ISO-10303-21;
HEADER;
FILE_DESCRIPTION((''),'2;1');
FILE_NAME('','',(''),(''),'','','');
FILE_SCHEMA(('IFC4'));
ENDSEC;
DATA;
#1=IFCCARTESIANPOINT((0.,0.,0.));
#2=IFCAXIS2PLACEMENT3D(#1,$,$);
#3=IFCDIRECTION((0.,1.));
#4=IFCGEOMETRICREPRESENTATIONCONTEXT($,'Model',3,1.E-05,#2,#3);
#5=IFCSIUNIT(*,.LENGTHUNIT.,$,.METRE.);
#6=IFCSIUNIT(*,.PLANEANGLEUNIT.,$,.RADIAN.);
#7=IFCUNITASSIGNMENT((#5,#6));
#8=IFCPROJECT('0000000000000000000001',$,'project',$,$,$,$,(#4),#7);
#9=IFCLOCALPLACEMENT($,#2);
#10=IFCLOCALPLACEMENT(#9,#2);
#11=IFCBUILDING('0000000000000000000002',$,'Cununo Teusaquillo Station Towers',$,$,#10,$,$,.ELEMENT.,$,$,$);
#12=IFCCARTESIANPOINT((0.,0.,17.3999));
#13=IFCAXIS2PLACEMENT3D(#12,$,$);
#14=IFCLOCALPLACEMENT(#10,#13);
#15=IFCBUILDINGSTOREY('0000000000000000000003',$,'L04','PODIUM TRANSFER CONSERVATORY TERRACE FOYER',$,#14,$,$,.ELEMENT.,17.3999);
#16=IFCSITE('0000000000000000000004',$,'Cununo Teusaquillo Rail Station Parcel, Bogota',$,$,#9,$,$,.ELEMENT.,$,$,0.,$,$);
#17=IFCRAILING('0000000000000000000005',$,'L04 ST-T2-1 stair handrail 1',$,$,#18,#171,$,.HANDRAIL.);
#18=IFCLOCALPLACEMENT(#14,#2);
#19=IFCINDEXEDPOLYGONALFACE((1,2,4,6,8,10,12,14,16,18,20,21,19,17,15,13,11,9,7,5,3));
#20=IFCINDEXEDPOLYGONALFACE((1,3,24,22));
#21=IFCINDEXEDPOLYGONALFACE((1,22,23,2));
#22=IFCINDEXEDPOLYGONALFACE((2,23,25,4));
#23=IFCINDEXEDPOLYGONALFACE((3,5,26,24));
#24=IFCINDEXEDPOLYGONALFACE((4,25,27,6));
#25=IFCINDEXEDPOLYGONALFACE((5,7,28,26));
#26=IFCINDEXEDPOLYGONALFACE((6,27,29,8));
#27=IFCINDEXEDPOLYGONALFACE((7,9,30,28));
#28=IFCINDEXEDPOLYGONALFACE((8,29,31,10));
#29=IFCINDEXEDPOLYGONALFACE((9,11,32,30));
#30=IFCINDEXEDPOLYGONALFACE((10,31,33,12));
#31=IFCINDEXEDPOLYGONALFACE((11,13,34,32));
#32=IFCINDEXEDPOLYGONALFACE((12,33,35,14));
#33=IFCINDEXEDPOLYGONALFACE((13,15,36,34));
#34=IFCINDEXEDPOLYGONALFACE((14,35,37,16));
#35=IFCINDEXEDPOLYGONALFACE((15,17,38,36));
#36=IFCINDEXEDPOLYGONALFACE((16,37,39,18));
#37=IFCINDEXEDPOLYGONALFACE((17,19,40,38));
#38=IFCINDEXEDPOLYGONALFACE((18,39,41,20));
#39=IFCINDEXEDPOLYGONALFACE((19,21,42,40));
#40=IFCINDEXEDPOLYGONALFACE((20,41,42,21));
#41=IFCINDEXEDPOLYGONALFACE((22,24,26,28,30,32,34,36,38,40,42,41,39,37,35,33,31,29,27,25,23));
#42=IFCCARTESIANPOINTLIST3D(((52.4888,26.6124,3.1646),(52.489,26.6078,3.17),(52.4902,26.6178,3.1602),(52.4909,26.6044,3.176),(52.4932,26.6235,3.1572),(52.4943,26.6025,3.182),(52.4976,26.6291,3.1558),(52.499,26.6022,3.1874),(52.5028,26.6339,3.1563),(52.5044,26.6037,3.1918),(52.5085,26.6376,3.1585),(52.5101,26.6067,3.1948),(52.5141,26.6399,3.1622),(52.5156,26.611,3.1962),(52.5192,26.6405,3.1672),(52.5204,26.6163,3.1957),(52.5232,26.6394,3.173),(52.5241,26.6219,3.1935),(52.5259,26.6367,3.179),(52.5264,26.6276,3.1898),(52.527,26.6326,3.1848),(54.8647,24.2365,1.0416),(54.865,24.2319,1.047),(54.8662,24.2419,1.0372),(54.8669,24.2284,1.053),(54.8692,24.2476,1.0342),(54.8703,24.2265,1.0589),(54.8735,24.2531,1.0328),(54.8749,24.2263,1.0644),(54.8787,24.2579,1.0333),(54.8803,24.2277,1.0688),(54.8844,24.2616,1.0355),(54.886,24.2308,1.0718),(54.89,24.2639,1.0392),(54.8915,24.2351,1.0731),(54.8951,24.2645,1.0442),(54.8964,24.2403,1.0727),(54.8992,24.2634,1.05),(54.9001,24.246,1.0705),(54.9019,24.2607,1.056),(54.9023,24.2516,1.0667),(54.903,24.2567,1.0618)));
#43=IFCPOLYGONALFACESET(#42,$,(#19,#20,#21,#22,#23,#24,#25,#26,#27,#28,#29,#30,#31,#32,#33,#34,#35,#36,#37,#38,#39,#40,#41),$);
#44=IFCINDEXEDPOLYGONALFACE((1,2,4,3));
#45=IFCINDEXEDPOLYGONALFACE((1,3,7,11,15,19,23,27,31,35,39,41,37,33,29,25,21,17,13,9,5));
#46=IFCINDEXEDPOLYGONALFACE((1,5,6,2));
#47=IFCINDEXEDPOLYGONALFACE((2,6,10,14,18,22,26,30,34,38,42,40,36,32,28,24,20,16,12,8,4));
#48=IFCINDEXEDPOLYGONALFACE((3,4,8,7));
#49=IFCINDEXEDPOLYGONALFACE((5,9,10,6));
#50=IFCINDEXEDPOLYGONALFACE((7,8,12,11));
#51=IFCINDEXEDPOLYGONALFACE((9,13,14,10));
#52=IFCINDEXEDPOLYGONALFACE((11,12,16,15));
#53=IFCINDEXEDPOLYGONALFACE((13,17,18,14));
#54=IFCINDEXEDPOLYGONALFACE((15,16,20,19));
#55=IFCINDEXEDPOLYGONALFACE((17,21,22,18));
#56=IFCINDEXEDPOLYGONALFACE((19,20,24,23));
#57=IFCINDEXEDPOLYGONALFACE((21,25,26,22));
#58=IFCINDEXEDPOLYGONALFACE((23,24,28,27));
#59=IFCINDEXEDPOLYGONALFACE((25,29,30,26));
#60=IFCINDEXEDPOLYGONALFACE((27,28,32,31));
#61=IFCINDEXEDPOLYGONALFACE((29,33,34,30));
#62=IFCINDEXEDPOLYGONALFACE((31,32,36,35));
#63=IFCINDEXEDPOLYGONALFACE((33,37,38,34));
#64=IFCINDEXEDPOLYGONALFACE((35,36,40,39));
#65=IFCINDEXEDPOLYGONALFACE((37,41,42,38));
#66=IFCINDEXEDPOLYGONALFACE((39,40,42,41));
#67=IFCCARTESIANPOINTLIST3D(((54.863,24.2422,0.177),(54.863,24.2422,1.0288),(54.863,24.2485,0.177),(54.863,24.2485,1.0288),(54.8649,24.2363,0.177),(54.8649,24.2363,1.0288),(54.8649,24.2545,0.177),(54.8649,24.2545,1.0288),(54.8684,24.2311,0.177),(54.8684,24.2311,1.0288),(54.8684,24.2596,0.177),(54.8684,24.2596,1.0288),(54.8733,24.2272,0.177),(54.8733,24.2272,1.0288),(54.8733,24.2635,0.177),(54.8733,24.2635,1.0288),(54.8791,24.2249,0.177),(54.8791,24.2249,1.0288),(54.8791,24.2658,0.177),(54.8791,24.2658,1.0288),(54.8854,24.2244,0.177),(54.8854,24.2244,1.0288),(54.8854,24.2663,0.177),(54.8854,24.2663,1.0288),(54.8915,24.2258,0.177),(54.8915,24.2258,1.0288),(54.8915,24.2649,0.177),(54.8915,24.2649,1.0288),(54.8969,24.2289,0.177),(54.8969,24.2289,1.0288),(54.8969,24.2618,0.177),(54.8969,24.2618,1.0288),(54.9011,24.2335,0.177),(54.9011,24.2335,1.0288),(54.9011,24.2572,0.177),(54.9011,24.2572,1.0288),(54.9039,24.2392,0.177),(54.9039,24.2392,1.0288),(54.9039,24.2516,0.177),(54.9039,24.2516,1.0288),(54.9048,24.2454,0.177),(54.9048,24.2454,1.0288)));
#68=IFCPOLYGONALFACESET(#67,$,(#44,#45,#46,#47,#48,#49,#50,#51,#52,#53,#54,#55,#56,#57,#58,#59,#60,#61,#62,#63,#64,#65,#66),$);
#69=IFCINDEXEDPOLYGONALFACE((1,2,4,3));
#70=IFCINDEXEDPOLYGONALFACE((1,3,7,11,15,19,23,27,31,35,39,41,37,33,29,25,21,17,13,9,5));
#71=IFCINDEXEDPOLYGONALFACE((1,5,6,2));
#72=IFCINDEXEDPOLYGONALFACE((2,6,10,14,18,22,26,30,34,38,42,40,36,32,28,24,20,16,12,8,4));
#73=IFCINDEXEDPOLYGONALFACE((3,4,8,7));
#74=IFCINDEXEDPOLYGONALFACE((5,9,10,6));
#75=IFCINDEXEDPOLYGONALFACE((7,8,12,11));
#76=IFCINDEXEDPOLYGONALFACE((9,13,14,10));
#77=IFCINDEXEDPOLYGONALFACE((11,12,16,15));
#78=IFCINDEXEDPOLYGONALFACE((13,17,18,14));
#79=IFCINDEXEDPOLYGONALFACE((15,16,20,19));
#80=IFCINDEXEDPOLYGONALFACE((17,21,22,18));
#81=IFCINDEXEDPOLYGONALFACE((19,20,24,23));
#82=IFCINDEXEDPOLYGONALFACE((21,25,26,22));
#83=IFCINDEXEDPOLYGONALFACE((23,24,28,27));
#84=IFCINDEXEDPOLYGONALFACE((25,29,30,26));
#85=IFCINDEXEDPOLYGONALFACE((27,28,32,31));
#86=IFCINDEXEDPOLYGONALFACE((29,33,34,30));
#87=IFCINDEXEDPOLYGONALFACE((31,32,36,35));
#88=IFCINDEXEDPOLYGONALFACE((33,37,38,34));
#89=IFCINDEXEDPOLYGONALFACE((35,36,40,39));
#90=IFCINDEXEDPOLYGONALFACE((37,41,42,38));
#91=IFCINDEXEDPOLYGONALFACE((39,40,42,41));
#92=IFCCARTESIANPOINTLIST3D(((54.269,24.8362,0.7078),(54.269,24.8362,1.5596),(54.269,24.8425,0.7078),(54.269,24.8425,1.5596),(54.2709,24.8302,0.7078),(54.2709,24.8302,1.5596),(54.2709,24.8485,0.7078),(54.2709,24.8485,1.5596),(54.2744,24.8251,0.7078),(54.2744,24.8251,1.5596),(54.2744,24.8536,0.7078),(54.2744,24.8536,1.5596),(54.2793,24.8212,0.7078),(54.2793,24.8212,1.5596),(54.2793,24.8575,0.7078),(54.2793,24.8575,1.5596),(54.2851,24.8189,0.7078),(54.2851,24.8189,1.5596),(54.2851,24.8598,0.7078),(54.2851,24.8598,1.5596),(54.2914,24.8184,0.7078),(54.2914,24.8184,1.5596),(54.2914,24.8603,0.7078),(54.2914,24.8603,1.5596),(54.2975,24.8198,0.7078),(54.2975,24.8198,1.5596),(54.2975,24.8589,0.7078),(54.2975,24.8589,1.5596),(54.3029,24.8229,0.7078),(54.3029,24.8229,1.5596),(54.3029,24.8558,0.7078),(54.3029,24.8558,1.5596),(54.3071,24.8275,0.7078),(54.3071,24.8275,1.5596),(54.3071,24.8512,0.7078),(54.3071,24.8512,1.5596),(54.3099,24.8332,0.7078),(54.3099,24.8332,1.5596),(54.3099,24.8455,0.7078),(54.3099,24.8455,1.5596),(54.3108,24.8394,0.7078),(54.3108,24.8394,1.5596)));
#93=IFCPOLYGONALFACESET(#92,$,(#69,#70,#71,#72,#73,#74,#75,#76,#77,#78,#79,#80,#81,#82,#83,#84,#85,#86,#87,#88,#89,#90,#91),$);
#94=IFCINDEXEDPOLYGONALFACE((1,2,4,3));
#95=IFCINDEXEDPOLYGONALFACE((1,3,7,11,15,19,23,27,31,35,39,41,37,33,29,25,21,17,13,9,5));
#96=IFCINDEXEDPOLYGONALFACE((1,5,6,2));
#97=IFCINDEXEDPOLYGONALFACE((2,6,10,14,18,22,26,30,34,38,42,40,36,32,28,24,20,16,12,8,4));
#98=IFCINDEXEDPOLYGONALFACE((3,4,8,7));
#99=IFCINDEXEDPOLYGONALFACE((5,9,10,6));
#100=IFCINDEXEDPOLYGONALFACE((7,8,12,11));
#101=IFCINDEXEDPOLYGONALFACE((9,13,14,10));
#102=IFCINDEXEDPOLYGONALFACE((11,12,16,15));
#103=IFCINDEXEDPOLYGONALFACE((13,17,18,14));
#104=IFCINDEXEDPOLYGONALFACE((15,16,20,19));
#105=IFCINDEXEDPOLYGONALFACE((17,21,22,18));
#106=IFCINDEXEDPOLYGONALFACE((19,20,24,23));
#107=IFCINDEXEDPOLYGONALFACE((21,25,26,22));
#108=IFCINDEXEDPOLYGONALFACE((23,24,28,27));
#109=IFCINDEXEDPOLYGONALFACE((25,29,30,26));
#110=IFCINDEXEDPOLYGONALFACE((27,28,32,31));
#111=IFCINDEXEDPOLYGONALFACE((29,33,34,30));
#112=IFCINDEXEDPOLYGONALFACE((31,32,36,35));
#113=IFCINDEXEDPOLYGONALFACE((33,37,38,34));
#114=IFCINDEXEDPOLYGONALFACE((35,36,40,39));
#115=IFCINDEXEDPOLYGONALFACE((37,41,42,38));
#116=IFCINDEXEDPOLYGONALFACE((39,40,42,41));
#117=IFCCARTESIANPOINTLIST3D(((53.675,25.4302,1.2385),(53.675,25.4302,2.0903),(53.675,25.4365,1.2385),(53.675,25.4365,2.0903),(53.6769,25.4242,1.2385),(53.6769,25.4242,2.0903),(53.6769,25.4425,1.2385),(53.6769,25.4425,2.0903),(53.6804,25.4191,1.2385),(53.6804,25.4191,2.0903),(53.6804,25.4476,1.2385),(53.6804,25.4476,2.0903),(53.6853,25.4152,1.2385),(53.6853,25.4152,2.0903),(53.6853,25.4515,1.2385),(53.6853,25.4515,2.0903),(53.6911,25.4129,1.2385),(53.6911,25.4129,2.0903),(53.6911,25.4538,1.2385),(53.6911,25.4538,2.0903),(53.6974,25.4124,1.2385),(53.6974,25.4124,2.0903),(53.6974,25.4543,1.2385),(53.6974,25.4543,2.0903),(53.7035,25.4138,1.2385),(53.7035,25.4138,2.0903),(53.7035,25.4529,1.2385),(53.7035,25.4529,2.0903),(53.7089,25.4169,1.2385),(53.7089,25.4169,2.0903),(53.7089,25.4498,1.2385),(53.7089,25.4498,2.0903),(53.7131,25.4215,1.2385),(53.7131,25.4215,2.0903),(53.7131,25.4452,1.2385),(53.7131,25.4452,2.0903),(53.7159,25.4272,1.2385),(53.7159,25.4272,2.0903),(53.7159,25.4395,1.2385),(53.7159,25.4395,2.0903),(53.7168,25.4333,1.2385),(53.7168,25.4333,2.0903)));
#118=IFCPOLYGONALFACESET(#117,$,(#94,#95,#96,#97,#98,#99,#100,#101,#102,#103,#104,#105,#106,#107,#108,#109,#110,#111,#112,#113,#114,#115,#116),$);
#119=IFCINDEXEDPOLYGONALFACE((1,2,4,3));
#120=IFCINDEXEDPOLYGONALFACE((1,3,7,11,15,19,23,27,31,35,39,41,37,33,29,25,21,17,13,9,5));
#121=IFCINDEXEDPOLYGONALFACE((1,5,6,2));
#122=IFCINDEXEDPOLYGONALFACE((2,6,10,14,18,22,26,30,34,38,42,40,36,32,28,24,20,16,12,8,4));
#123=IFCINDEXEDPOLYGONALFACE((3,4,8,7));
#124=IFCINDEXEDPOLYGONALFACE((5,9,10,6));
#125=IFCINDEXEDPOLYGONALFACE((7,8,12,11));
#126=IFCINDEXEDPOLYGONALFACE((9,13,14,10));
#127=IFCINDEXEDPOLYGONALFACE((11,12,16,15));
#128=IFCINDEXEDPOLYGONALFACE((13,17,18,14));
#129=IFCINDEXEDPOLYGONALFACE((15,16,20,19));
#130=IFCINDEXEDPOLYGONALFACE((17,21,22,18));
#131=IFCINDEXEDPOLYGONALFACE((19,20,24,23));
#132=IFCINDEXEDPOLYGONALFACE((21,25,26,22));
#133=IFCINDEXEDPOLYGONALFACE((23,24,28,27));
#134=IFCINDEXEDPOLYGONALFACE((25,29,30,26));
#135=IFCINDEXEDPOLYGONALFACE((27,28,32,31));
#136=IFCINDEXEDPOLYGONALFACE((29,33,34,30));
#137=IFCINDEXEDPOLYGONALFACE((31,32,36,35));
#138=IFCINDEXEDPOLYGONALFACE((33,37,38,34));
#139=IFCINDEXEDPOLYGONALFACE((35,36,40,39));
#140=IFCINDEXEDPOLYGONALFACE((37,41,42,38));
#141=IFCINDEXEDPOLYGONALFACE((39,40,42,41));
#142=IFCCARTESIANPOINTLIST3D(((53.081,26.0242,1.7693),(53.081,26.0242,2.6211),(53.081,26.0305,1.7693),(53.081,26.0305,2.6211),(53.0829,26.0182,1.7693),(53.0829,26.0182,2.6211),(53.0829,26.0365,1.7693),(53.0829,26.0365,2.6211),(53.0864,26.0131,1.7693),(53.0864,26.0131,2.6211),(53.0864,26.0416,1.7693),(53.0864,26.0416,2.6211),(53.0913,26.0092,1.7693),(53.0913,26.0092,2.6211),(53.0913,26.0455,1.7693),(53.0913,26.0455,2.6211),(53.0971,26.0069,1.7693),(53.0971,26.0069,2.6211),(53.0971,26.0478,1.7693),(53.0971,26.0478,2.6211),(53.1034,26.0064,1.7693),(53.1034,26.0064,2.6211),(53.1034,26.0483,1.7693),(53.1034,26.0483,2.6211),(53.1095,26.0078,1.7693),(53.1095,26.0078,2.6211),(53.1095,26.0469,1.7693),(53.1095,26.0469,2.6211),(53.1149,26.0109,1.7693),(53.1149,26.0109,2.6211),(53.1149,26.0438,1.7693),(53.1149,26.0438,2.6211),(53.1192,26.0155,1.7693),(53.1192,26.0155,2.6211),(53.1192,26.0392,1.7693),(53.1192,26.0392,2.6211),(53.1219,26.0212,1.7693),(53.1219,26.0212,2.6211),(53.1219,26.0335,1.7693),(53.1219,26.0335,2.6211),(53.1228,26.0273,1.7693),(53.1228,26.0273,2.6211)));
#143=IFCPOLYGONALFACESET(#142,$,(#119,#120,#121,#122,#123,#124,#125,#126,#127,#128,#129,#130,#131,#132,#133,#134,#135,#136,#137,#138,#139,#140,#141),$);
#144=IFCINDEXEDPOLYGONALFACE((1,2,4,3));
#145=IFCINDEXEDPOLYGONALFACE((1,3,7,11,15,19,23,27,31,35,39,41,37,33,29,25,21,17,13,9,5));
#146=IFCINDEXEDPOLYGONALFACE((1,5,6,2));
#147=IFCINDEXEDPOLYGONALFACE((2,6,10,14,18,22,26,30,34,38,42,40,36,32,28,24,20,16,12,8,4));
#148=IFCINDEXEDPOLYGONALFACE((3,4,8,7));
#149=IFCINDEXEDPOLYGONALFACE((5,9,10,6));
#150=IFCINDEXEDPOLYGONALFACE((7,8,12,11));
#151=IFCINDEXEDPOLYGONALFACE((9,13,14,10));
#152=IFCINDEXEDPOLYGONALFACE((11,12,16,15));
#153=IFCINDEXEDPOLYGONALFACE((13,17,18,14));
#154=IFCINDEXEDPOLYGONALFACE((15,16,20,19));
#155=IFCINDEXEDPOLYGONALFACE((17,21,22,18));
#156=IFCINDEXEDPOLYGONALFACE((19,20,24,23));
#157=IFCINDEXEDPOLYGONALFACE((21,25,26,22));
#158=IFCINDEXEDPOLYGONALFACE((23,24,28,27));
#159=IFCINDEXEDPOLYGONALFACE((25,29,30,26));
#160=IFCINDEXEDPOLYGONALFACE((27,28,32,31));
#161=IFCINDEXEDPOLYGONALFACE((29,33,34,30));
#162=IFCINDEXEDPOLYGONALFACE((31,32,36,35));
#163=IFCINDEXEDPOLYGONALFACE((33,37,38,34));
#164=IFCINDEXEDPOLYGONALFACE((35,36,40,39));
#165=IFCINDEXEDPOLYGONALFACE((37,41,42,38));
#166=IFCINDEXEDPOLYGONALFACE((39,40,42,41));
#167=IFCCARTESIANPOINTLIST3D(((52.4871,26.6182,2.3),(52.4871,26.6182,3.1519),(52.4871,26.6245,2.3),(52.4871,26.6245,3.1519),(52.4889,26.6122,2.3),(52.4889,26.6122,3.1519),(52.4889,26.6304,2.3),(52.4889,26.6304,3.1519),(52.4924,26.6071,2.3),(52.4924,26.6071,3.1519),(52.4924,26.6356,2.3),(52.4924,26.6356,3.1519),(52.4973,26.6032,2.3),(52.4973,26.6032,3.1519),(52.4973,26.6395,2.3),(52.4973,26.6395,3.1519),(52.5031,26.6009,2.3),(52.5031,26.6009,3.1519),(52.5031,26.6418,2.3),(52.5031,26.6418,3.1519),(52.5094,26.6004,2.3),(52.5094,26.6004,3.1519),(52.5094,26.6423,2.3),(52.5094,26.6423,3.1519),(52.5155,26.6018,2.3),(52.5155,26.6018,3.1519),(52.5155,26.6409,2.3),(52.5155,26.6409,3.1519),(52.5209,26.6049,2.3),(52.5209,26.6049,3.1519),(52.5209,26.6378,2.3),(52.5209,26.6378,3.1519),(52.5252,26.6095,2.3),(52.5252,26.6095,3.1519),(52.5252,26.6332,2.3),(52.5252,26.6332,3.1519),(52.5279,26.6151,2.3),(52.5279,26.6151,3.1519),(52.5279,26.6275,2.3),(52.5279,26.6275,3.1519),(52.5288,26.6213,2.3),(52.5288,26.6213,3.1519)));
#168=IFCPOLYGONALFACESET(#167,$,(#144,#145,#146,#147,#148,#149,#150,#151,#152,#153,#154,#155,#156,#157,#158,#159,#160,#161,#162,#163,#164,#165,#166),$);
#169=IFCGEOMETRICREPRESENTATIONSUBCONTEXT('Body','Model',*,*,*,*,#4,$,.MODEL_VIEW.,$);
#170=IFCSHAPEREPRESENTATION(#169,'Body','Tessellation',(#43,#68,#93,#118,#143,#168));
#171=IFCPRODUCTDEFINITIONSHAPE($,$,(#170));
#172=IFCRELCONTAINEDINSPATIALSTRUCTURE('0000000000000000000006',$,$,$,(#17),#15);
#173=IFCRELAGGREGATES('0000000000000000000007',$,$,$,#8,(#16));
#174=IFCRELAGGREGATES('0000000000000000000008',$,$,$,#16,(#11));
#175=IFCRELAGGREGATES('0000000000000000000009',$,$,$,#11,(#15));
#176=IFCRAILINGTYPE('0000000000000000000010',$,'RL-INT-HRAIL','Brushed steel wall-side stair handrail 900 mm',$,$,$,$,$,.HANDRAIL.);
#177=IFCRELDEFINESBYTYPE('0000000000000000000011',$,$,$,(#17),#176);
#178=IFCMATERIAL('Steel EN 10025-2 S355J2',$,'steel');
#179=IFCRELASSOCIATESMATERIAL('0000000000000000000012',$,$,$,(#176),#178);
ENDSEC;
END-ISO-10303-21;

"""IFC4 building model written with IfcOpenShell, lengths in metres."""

from ifc_helpers import new_model, si_unit, direction, frame, origin, origin_2d, place, context, subcontext, project, spatial, circle, extrude, material, type_object, element, save


model = new_model("IFC4")

# Units and contexts
model_context = context("Model", 3, precision=1e-05, world=origin(), true_north=direction((0.0, 1.0)))
body_context = subcontext(model_context, "Body", "Model", "MODEL_VIEW")
ifc_project = project(units=[si_unit("LENGTHUNIT", "METRE"), si_unit("PLANEANGLEUNIT", "RADIAN")], contexts=[model_context])

# Site, building, storey
site_placement = place(None, origin())
site = spatial("IfcSite", under=ifc_project, at=site_placement, Name="Cununo Teusaquillo Rail Station Parcel, Bogota", CompositionType="ELEMENT", RefElevation=0.0)
building_placement = place(site_placement, origin())
building = spatial("IfcBuilding", under=site, at=building_placement, Name="Cununo Teusaquillo Station Towers", CompositionType="ELEMENT")
storey_placement = place(building_placement, frame((0.0, 0.0, 17.3999)))
storey = spatial("IfcBuildingStorey", under=building, at=storey_placement, Name="L04", Description="PODIUM TRANSFER CONSERVATORY TERRACE FOYER", CompositionType="ELEMENT", Elevation=17.3999)

# Railing
ifc_material_1 = material(Name="Steel EN 10025-2 S355J2", Category="steel")
railing_type_1 = type_object("IfcRailingType", Name="RL-INT-HRAIL", Description="Brushed steel wall-side stair handrail 900 mm", PredefinedType="HANDRAIL", material=ifc_material_1)
railing_1_placement = place(storey_placement, frame((54.8838, 24.2454, 0.177)))
element("IfcRailing", 1, at=railing_1_placement, inside=storey, type_object=railing_type_1, Name="L04 ST-T2-1 stair handrail 1", PredefinedType="HANDRAIL", context=body_context, shape_type="SweptSolid", body=[
    extrude(circle(Radius=0.0239, at=origin_2d()), frame((0.0, 0.0, 0.876), z_axis=(-0.597782, 0.597782, 0.534147), x_axis=(-0.707107, -0.707107, 0.0)), (0.0, 0.0, 1.0), 3.9746),
    extrude(circle(Radius=0.021, at=origin_2d()), origin(), (0.0, 0.0, 1.0), 0.8518),
    extrude(circle(Radius=0.021, at=origin_2d()), frame((-0.594, 0.594, 0.5308)), (0.0, 0.0, 1.0), 0.8518),
    extrude(circle(Radius=0.021, at=origin_2d()), frame((-1.188, 1.188, 1.0615)), (0.0, 0.0, 1.0), 0.8518),
    extrude(circle(Radius=0.021, at=origin_2d()), frame((-1.782, 1.782, 1.5923)), (0.0, 0.0, 1.0), 0.8518),
    extrude(circle(Radius=0.021, at=origin_2d()), frame((-2.376, 2.376, 2.123)), (0.0, 0.0, 1.0), 0.8518),
])

save(model, "model.ifc")
